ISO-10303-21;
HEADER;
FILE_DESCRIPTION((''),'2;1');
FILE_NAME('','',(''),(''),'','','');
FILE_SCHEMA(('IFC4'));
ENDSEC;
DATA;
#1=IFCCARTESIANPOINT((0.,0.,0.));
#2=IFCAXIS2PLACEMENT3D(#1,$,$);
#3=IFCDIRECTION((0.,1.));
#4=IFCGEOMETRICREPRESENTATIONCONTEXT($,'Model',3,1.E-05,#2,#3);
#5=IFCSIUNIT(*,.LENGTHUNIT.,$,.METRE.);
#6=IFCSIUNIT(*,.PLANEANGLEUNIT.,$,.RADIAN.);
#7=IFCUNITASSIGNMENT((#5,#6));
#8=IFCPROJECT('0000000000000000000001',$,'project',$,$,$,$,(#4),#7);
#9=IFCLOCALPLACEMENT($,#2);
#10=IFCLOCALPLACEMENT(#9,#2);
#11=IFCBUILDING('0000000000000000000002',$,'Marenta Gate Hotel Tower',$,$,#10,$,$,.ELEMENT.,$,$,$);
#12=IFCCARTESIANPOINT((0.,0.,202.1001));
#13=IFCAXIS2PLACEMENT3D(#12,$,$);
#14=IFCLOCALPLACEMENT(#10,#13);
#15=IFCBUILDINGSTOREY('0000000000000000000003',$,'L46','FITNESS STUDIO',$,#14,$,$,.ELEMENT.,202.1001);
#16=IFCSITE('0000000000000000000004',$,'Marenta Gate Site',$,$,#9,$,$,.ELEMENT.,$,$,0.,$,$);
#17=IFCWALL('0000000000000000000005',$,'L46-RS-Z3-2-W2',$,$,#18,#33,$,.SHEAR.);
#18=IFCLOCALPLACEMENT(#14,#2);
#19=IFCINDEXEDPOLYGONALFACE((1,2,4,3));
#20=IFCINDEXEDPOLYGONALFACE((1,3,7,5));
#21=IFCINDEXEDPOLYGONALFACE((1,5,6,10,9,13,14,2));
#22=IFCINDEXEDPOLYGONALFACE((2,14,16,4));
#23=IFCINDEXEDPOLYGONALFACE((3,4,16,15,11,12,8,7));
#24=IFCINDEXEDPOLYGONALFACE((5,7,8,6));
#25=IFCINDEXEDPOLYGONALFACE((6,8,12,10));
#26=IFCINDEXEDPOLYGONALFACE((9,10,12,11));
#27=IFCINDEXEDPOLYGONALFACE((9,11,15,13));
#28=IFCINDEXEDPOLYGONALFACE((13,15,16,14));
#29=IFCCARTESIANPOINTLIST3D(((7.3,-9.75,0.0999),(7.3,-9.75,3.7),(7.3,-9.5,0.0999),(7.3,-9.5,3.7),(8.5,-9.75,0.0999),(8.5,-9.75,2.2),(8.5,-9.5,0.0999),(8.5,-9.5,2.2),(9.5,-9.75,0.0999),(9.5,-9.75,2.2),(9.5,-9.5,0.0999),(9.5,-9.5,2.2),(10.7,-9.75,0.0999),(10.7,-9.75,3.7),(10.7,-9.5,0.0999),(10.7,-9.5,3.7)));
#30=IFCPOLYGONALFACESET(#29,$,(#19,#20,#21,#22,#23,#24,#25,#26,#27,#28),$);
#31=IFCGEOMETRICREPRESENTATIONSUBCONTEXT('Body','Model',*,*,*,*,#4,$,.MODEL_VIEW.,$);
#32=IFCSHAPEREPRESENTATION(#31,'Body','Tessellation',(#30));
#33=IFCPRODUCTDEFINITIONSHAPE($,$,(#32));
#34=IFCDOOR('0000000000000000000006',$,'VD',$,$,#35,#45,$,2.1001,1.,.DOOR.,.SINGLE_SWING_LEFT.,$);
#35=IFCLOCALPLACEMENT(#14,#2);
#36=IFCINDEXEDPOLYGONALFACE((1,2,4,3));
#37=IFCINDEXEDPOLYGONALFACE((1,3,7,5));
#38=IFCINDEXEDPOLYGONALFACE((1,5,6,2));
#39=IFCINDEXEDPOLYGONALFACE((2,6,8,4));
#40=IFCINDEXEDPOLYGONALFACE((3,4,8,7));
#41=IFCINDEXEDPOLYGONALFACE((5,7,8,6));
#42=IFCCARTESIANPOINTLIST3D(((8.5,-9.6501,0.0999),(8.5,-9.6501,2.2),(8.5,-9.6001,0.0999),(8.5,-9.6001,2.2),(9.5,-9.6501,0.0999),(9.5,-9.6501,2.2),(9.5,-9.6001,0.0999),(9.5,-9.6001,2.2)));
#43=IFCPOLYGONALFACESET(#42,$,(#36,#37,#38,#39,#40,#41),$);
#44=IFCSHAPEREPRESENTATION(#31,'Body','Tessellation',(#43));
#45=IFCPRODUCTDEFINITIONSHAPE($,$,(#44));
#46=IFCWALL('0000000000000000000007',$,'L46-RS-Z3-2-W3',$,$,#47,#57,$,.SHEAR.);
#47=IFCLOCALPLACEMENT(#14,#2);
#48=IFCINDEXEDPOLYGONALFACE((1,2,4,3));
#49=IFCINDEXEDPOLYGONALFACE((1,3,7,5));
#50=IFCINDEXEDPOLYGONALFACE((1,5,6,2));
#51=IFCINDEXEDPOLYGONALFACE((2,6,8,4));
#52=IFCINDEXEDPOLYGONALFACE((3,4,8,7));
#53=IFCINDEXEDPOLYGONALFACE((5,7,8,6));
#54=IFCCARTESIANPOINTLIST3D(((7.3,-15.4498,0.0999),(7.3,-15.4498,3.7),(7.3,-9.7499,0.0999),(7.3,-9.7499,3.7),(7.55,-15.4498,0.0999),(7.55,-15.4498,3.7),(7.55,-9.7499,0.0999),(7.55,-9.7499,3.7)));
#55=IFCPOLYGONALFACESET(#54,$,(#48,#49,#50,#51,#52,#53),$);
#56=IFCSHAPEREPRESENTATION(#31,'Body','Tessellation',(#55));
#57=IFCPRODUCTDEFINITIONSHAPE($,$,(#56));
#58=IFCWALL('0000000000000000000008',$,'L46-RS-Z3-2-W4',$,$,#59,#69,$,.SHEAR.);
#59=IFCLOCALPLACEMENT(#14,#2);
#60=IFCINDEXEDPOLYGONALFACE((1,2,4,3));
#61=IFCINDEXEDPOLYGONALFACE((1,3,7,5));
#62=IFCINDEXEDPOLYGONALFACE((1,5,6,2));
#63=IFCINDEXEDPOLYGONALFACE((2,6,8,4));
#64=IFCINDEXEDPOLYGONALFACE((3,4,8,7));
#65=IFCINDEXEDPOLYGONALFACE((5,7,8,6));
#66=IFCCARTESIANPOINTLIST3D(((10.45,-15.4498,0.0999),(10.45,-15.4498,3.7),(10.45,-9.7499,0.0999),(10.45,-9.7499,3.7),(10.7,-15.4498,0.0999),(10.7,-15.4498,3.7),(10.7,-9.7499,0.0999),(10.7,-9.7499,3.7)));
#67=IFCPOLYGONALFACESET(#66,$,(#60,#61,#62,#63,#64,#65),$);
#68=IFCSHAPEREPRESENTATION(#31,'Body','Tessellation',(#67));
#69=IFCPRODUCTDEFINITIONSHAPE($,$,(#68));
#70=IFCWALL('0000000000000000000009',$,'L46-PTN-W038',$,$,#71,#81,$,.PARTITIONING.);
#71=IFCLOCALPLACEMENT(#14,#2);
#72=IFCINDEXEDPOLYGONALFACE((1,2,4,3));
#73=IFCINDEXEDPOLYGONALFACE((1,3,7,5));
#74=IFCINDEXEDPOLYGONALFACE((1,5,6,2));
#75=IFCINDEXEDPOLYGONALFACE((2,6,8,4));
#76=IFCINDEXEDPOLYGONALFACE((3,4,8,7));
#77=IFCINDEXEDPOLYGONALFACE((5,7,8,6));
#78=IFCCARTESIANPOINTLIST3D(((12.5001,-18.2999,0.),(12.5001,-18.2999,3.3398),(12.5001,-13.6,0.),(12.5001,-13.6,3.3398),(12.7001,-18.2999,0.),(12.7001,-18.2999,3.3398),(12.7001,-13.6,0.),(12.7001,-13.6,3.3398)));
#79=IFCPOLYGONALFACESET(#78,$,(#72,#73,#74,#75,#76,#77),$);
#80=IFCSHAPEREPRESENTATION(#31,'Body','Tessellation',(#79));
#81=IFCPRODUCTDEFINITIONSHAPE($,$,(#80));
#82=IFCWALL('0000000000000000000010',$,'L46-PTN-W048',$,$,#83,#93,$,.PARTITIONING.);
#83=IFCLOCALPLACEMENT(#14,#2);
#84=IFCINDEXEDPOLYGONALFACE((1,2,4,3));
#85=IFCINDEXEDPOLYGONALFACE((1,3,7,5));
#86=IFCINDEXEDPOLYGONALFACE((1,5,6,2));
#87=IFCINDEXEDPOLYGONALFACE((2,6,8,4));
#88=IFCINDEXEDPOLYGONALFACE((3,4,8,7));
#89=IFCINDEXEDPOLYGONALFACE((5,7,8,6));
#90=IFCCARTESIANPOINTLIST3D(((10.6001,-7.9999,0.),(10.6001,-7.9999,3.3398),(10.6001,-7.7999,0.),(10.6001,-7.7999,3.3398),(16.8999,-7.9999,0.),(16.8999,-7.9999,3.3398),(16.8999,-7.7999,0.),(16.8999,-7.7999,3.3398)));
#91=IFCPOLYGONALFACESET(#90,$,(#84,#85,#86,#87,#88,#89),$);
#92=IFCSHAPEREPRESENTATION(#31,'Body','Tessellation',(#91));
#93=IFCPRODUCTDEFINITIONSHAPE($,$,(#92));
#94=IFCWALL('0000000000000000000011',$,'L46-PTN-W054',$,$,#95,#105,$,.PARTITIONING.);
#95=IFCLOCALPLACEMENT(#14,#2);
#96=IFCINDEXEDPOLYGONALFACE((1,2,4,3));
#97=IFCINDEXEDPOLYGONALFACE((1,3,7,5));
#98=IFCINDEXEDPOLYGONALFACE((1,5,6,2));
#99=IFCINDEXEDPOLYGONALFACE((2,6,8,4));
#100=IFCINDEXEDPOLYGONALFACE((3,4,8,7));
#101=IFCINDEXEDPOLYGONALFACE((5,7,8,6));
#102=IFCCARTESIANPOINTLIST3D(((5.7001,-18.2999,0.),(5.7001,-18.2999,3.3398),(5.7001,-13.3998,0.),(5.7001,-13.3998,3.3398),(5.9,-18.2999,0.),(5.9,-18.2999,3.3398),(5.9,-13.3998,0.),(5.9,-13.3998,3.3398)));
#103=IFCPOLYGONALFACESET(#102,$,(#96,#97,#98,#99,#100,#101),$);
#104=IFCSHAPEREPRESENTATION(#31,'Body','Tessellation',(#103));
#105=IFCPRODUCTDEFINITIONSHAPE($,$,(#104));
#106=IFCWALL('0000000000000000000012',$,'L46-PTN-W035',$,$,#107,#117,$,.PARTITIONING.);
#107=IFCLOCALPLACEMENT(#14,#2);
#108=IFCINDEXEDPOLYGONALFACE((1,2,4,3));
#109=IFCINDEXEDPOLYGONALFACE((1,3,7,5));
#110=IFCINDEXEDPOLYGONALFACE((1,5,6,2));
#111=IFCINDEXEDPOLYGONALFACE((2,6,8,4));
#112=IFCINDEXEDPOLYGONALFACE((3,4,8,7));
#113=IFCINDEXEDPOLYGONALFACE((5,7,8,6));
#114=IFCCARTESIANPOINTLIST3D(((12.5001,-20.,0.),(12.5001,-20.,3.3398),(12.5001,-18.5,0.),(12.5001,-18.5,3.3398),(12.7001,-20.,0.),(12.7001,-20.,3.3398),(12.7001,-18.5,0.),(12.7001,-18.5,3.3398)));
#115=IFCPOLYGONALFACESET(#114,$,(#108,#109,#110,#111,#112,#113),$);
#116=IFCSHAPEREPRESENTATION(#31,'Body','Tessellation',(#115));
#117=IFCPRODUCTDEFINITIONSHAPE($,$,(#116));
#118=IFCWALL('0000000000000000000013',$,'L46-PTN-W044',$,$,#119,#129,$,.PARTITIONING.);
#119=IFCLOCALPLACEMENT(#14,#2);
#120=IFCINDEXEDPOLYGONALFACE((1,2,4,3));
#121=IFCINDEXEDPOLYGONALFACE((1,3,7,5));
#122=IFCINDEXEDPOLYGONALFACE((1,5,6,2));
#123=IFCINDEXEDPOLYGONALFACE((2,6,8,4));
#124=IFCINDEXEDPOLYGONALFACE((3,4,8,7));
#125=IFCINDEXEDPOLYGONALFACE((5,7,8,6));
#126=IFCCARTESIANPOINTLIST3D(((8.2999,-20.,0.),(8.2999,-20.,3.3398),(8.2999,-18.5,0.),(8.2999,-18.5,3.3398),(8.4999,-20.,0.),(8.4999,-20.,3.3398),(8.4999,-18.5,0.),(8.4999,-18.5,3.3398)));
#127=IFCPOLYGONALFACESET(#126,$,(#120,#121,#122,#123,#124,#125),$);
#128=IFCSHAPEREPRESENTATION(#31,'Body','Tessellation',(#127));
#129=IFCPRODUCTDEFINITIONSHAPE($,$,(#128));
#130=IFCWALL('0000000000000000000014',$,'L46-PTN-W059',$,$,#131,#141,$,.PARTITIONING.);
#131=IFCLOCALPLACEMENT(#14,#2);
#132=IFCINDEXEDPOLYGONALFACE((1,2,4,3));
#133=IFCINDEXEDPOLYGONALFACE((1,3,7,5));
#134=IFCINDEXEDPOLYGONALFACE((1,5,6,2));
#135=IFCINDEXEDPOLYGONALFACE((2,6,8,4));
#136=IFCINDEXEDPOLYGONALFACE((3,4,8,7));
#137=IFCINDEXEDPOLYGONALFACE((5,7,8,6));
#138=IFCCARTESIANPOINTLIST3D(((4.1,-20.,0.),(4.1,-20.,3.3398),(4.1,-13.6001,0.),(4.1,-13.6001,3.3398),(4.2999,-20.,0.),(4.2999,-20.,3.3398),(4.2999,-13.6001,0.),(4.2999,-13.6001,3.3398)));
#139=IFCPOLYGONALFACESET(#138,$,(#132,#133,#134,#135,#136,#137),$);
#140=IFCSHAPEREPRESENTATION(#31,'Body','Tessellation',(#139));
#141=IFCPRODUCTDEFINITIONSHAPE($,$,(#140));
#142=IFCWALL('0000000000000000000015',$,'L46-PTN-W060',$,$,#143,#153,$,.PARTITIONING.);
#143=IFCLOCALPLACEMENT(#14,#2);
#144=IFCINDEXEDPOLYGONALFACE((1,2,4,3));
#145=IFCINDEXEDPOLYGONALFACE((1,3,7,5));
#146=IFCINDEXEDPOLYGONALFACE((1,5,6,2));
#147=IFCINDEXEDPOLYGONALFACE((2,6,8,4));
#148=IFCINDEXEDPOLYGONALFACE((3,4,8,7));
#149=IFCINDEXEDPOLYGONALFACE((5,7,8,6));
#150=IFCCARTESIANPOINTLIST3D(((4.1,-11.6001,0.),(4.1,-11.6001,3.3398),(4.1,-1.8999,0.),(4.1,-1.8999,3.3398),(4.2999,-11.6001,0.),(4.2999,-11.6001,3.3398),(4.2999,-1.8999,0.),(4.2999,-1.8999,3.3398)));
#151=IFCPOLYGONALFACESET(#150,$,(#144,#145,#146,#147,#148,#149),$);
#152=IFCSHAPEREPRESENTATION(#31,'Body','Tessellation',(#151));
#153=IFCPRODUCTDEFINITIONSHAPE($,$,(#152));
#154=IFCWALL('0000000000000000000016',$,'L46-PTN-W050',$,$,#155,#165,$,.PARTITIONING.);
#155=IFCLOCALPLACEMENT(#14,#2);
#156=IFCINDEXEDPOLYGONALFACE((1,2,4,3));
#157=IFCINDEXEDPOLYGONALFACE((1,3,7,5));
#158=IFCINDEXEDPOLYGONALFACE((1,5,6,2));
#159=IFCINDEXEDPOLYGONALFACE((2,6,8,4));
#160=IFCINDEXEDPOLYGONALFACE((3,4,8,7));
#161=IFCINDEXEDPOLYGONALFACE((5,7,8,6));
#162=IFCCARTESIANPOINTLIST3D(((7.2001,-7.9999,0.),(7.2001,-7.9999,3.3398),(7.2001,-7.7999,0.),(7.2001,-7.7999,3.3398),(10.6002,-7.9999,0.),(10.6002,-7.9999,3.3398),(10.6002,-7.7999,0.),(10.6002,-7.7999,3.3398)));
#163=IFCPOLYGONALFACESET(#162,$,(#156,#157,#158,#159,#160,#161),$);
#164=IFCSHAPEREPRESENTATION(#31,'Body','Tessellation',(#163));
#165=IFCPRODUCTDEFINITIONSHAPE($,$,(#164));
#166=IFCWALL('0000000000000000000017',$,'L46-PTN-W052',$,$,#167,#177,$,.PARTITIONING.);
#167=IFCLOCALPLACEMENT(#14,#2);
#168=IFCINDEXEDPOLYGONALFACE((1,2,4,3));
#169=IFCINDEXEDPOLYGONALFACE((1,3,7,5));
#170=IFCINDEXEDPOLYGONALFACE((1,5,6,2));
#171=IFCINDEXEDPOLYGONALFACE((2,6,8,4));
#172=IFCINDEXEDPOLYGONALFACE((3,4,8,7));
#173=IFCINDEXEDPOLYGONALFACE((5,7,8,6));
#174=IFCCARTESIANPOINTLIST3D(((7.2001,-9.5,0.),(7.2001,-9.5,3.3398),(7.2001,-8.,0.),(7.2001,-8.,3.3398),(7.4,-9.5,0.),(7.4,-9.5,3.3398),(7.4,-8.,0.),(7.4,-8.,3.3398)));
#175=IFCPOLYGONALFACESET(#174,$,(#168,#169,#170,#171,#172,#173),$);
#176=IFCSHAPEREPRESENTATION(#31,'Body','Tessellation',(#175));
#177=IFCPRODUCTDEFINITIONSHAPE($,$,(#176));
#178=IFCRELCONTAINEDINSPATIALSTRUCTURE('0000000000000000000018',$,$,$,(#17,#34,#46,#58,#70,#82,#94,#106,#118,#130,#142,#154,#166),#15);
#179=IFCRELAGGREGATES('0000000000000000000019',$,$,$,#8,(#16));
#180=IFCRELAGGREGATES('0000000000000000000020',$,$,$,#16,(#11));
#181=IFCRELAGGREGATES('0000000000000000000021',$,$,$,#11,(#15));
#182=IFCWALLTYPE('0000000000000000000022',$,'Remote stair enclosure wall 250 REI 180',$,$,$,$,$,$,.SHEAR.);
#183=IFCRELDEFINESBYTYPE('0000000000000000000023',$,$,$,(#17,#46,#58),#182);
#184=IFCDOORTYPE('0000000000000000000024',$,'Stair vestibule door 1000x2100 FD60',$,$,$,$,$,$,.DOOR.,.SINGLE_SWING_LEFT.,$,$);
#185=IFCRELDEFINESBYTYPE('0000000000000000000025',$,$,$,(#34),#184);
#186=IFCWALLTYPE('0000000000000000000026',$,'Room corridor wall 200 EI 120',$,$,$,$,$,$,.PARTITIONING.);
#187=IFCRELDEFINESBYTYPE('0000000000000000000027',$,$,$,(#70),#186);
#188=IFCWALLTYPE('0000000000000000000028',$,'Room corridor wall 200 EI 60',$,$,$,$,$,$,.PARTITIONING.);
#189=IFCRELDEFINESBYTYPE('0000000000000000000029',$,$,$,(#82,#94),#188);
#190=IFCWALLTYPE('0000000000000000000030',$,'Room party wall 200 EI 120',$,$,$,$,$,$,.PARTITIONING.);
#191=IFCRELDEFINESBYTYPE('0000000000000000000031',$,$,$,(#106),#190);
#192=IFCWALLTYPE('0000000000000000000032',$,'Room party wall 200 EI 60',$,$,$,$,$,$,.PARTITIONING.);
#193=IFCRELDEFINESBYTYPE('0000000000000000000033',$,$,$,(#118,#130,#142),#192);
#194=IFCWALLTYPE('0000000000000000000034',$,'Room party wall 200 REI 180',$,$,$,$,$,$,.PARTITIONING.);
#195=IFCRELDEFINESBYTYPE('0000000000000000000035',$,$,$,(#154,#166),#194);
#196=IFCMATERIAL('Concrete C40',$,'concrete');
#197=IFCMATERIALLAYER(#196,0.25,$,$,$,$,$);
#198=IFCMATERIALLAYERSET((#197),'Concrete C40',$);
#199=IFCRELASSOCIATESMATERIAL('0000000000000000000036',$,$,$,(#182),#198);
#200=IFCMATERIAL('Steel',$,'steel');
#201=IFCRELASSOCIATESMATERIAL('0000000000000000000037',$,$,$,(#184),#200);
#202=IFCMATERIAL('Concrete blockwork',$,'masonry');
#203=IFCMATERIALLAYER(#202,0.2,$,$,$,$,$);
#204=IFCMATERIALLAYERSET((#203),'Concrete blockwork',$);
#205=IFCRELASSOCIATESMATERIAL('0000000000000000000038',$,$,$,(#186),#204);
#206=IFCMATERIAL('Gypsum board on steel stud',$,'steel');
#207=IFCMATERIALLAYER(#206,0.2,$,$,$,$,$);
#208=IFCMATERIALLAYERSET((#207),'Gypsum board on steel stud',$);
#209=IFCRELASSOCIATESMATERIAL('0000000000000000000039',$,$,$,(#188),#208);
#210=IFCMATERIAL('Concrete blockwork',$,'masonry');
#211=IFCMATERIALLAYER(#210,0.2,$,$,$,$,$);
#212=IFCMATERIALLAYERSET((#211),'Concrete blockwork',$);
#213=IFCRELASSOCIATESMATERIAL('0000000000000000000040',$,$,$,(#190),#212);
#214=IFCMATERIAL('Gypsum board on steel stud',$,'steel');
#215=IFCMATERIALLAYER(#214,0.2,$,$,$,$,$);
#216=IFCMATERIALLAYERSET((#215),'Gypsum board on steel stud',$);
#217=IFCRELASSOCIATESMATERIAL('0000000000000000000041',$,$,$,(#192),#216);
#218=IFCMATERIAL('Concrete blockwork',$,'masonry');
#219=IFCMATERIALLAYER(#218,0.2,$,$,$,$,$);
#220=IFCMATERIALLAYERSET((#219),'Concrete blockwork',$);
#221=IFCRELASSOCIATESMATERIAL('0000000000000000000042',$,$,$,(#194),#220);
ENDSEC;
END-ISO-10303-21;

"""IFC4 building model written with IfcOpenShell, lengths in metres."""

from ifc_helpers import new_model, si_unit, direction, frame, frame_2d, origin, place, context, subcontext, project, spatial, rectangle, extrude, material, layer, layer_set, type_object, element, fill, save


model = new_model("IFC4")

# Units and contexts
model_context = context("Model", 3, precision=1e-05, world=origin(), true_north=direction((0.0, 1.0)))
body_context = subcontext(model_context, "Body", "Model", "MODEL_VIEW")
ifc_project = project(units=[si_unit("LENGTHUNIT", "METRE"), si_unit("PLANEANGLEUNIT", "RADIAN")], contexts=[model_context])

# Site, building, storey
site_placement = place(None, origin())
site = spatial("IfcSite", under=ifc_project, at=site_placement, Name="Marenta Gate Site", CompositionType="ELEMENT", RefElevation=0.0)
building_placement = place(site_placement, origin())
building = spatial("IfcBuilding", under=site, at=building_placement, Name="Marenta Gate Hotel Tower", CompositionType="ELEMENT")
storey_placement = place(building_placement, frame((0.0, 0.0, 202.1001)))
storey = spatial("IfcBuildingStorey", under=building, at=storey_placement, Name="L46", Description="FITNESS STUDIO", CompositionType="ELEMENT", Elevation=202.1001)

# Shared definitions
ifc_material_1 = material(Name="Concrete C40", Category="concrete")
ifc_layer_1 = layer(ifc_material_1, 0.25)
ifc_layer_set_1 = layer_set([ifc_layer_1], Name="Concrete C40")
wall_type_1 = type_object("IfcWallType", Name="Remote stair enclosure wall 250 REI 180", PredefinedType="SHEAR", material=ifc_layer_set_1)

# Wall, opening, door
wall_1_placement = place(storey_placement, frame((7.3, -9.625, 0.0999), z_axis=(0.0, 0.0, 1.0), x_axis=(1.0, 0.0, 0.0)))
wall_1 = element("IfcWall", 1, at=wall_1_placement, inside=storey, type_object=wall_type_1, Name="L46-RS-Z3-2-W2", PredefinedType="SHEAR", context=body_context, shape_type="SweptSolid", body=[
    extrude(rectangle(XDim=3.3999, YDim=0.25, at=frame_2d((1.7, 0.0))), origin(), (0.0, 0.0, 1.0), 3.6001),
])
opening_1_placement = place(wall_1_placement, frame((1.2, 0.0, 0.0)))
opening_1 = element("IfcOpeningElement", 2, at=opening_1_placement, cuts=wall_1, PredefinedType="OPENING", context=body_context, shape_type="SweptSolid", body=[
    extrude(rectangle(XDim=1.0, YDim=2.1001, at=frame_2d((0.5, 1.05))), frame((0.0, 0.125, 0.0), z_axis=(0.0, -1.0, 0.0), x_axis=(1.0, 0.0, 0.0)), (0.0, 0.0, 1.0), 0.25),
])
ifc_material_2 = material(Name="Steel", Category="steel")
door_type_1 = type_object("IfcDoorType", Name="Stair vestibule door 1000x2100 FD60", OperationType="SINGLE_SWING_LEFT", PredefinedType="DOOR", material=ifc_material_2)
door_1_placement = place(opening_1_placement, origin())
door_1 = element("IfcDoor", 3, at=door_1_placement, inside=storey, type_object=door_type_1, Name="VD", OperationType="SINGLE_SWING_LEFT", OverallHeight=2.1001, OverallWidth=1.0, PredefinedType="DOOR", context=body_context, shape_type="SweptSolid", body=[
    extrude(rectangle(XDim=1.0, YDim=2.1001, at=frame_2d((0.5, 1.05))), frame((0.0, 0.0249, 0.0), z_axis=(0.0, -1.0, 0.0), x_axis=(1.0, 0.0, 0.0)), (0.0, 0.0, 1.0), 0.05),
])
fill(opening_1, door_1)

# Walls
for number, where, z_axis, x_axis, name in (
    (4, (7.425, -15.45, 0.0999), (0.0, 0.0, 1.0), (0.0, 1.0, 0.0), "L46-RS-Z3-2-W3"),
    (5, (10.575, -15.45, 0.0999), (0.0, 0.0, 1.0), (0.0, 1.0, 0.0), "L46-RS-Z3-2-W4"),
):
    element("IfcWall", number, at=place(storey_placement, frame(where, z_axis=z_axis, x_axis=x_axis)), inside=storey, type_object=wall_type_1, Name=name, PredefinedType="SHEAR", context=body_context, shape_type="SweptSolid", body=[
        extrude(rectangle(XDim=5.7, YDim=0.25, at=frame_2d((2.8501, 0.0))), origin(), (0.0, 0.0, 1.0), 3.6001),
    ])

# Shared definitions
ifc_material_3 = material(Name="Concrete blockwork", Category="masonry")
ifc_layer_2 = layer(ifc_material_3, 0.2)
ifc_layer_set_2 = layer_set([ifc_layer_2], Name="Concrete blockwork")
wall_type_2 = type_object("IfcWallType", Name="Room corridor wall 200 EI 120", PredefinedType="PARTITIONING", material=ifc_layer_set_2)

# Wall
wall_2_placement = place(storey_placement, frame((12.6001, -18.3, 0.0), z_axis=(0.0, 0.0, 1.0), x_axis=(0.0, 1.0, 0.0)))
element("IfcWall", 6, at=wall_2_placement, inside=storey, type_object=wall_type_2, Name="L46-PTN-W038", PredefinedType="PARTITIONING", context=body_context, shape_type="SweptSolid", body=[
    extrude(rectangle(XDim=4.7, YDim=0.2, at=frame_2d((2.3501, 0.0))), origin(), (0.0, 0.0, 1.0), 3.3398),
])

# Shared definitions
ifc_material_4 = material(Name="Gypsum board on steel stud", Category="steel")
ifc_layer_3 = layer(ifc_material_4, 0.2)
ifc_layer_set_3 = layer_set([ifc_layer_3], Name="Gypsum board on steel stud")
wall_type_3 = type_object("IfcWallType", Name="Room corridor wall 200 EI 60", PredefinedType="PARTITIONING", material=ifc_layer_set_3)

# Walls
wall_3_placement = place(storey_placement, frame((10.6001, -7.8999, 0.0), z_axis=(0.0, 0.0, 1.0), x_axis=(1.0, 0.0, 0.0)))
element("IfcWall", 7, at=wall_3_placement, inside=storey, type_object=wall_type_3, Name="L46-PTN-W048", PredefinedType="PARTITIONING", context=body_context, shape_type="SweptSolid", body=[
    extrude(rectangle(XDim=6.2998, YDim=0.2, at=frame_2d((3.1499, 0.0))), origin(), (0.0, 0.0, 1.0), 3.3398),
])
wall_4_placement = place(storey_placement, frame((5.8, -18.3, 0.0), z_axis=(0.0, 0.0, 1.0), x_axis=(0.0, 1.0, 0.0)))
element("IfcWall", 8, at=wall_4_placement, inside=storey, type_object=wall_type_3, Name="L46-PTN-W054", PredefinedType="PARTITIONING", context=body_context, shape_type="SweptSolid", body=[
    extrude(rectangle(XDim=4.9001, YDim=0.2, at=frame_2d((2.4502, 0.0))), origin(), (0.0, 0.0, 1.0), 3.3398),
])

# Walls
ifc_material_5 = material(Name="Concrete blockwork", Category="masonry")
ifc_layer_4 = layer(ifc_material_5, 0.2)
ifc_layer_set_4 = layer_set([ifc_layer_4], Name="Concrete blockwork")
wall_type_4 = type_object("IfcWallType", Name="Room party wall 200 EI 120", PredefinedType="PARTITIONING", material=ifc_layer_set_4)
wall_5_placement = place(storey_placement, frame((12.6001, -20.0, 0.0), z_axis=(0.0, 0.0, 1.0), x_axis=(0.0, 1.0, 0.0)))
element("IfcWall", 9, at=wall_5_placement, inside=storey, type_object=wall_type_4, Name="L46-PTN-W035", PredefinedType="PARTITIONING", context=body_context, shape_type="SweptSolid", body=[
    extrude(rectangle(XDim=1.5, YDim=0.2, at=frame_2d((0.75, 0.0))), origin(), (0.0, 0.0, 1.0), 3.3398),
])
ifc_material_6 = material(Name="Gypsum board on steel stud", Category="steel")
ifc_layer_5 = layer(ifc_material_6, 0.2)
ifc_layer_set_5 = layer_set([ifc_layer_5], Name="Gypsum board on steel stud")
wall_type_5 = type_object("IfcWallType", Name="Room party wall 200 EI 60", PredefinedType="PARTITIONING", material=ifc_layer_set_5)
wall_6_placement = place(storey_placement, frame((8.3999, -20.0, 0.0), z_axis=(0.0, 0.0, 1.0), x_axis=(0.0, 1.0, 0.0)))
element("IfcWall", 10, at=wall_6_placement, inside=storey, type_object=wall_type_5, Name="L46-PTN-W044", PredefinedType="PARTITIONING", context=body_context, shape_type="SweptSolid", body=[
    extrude(rectangle(XDim=1.5, YDim=0.2, at=frame_2d((0.75, 0.0))), origin(), (0.0, 0.0, 1.0), 3.3398),
])
wall_7_placement = place(storey_placement, frame((4.2, -20.0, 0.0), z_axis=(0.0, 0.0, 1.0), x_axis=(0.0, 1.0, 0.0)))
element("IfcWall", 11, at=wall_7_placement, inside=storey, type_object=wall_type_5, Name="L46-PTN-W059", PredefinedType="PARTITIONING", context=body_context, shape_type="SweptSolid", body=[
    extrude(rectangle(XDim=6.3999, YDim=0.2, at=frame_2d((3.2, 0.0))), origin(), (0.0, 0.0, 1.0), 3.3398),
])
wall_8_placement = place(storey_placement, frame((4.2, -11.6001, 0.0), z_axis=(0.0, 0.0, 1.0), x_axis=(0.0, 1.0, 0.0)))
element("IfcWall", 12, at=wall_8_placement, inside=storey, type_object=wall_type_5, Name="L46-PTN-W060", PredefinedType="PARTITIONING", context=body_context, shape_type="SweptSolid", body=[
    extrude(rectangle(XDim=9.7002, YDim=0.2, at=frame_2d((4.8501, 0.0))), origin(), (0.0, 0.0, 1.0), 3.3398),
])
ifc_material_7 = material(Name="Concrete blockwork", Category="masonry")
ifc_layer_6 = layer(ifc_material_7, 0.2)
ifc_layer_set_6 = layer_set([ifc_layer_6], Name="Concrete blockwork")
wall_type_6 = type_object("IfcWallType", Name="Room party wall 200 REI 180", PredefinedType="PARTITIONING", material=ifc_layer_set_6)
wall_9_placement = place(storey_placement, frame((7.2, -7.8999, 0.0), z_axis=(0.0, 0.0, 1.0), x_axis=(1.0, 0.0, 0.0)))
element("IfcWall", 13, at=wall_9_placement, inside=storey, type_object=wall_type_6, Name="L46-PTN-W050", PredefinedType="PARTITIONING", context=body_context, shape_type="SweptSolid", body=[
    extrude(rectangle(XDim=3.4001, YDim=0.2, at=frame_2d((1.7002, 0.0))), origin(), (0.0, 0.0, 1.0), 3.3398),
])
wall_10_placement = place(storey_placement, frame((7.3, -9.5, 0.0), z_axis=(0.0, 0.0, 1.0), x_axis=(0.0, 1.0, 0.0)))
element("IfcWall", 14, at=wall_10_placement, inside=storey, type_object=wall_type_6, Name="L46-PTN-W052", PredefinedType="PARTITIONING", context=body_context, shape_type="SweptSolid", body=[
    extrude(rectangle(XDim=1.5, YDim=0.2, at=frame_2d((0.75, 0.0))), origin(), (0.0, 0.0, 1.0), 3.3398),
])

save(model, "model.ifc")
